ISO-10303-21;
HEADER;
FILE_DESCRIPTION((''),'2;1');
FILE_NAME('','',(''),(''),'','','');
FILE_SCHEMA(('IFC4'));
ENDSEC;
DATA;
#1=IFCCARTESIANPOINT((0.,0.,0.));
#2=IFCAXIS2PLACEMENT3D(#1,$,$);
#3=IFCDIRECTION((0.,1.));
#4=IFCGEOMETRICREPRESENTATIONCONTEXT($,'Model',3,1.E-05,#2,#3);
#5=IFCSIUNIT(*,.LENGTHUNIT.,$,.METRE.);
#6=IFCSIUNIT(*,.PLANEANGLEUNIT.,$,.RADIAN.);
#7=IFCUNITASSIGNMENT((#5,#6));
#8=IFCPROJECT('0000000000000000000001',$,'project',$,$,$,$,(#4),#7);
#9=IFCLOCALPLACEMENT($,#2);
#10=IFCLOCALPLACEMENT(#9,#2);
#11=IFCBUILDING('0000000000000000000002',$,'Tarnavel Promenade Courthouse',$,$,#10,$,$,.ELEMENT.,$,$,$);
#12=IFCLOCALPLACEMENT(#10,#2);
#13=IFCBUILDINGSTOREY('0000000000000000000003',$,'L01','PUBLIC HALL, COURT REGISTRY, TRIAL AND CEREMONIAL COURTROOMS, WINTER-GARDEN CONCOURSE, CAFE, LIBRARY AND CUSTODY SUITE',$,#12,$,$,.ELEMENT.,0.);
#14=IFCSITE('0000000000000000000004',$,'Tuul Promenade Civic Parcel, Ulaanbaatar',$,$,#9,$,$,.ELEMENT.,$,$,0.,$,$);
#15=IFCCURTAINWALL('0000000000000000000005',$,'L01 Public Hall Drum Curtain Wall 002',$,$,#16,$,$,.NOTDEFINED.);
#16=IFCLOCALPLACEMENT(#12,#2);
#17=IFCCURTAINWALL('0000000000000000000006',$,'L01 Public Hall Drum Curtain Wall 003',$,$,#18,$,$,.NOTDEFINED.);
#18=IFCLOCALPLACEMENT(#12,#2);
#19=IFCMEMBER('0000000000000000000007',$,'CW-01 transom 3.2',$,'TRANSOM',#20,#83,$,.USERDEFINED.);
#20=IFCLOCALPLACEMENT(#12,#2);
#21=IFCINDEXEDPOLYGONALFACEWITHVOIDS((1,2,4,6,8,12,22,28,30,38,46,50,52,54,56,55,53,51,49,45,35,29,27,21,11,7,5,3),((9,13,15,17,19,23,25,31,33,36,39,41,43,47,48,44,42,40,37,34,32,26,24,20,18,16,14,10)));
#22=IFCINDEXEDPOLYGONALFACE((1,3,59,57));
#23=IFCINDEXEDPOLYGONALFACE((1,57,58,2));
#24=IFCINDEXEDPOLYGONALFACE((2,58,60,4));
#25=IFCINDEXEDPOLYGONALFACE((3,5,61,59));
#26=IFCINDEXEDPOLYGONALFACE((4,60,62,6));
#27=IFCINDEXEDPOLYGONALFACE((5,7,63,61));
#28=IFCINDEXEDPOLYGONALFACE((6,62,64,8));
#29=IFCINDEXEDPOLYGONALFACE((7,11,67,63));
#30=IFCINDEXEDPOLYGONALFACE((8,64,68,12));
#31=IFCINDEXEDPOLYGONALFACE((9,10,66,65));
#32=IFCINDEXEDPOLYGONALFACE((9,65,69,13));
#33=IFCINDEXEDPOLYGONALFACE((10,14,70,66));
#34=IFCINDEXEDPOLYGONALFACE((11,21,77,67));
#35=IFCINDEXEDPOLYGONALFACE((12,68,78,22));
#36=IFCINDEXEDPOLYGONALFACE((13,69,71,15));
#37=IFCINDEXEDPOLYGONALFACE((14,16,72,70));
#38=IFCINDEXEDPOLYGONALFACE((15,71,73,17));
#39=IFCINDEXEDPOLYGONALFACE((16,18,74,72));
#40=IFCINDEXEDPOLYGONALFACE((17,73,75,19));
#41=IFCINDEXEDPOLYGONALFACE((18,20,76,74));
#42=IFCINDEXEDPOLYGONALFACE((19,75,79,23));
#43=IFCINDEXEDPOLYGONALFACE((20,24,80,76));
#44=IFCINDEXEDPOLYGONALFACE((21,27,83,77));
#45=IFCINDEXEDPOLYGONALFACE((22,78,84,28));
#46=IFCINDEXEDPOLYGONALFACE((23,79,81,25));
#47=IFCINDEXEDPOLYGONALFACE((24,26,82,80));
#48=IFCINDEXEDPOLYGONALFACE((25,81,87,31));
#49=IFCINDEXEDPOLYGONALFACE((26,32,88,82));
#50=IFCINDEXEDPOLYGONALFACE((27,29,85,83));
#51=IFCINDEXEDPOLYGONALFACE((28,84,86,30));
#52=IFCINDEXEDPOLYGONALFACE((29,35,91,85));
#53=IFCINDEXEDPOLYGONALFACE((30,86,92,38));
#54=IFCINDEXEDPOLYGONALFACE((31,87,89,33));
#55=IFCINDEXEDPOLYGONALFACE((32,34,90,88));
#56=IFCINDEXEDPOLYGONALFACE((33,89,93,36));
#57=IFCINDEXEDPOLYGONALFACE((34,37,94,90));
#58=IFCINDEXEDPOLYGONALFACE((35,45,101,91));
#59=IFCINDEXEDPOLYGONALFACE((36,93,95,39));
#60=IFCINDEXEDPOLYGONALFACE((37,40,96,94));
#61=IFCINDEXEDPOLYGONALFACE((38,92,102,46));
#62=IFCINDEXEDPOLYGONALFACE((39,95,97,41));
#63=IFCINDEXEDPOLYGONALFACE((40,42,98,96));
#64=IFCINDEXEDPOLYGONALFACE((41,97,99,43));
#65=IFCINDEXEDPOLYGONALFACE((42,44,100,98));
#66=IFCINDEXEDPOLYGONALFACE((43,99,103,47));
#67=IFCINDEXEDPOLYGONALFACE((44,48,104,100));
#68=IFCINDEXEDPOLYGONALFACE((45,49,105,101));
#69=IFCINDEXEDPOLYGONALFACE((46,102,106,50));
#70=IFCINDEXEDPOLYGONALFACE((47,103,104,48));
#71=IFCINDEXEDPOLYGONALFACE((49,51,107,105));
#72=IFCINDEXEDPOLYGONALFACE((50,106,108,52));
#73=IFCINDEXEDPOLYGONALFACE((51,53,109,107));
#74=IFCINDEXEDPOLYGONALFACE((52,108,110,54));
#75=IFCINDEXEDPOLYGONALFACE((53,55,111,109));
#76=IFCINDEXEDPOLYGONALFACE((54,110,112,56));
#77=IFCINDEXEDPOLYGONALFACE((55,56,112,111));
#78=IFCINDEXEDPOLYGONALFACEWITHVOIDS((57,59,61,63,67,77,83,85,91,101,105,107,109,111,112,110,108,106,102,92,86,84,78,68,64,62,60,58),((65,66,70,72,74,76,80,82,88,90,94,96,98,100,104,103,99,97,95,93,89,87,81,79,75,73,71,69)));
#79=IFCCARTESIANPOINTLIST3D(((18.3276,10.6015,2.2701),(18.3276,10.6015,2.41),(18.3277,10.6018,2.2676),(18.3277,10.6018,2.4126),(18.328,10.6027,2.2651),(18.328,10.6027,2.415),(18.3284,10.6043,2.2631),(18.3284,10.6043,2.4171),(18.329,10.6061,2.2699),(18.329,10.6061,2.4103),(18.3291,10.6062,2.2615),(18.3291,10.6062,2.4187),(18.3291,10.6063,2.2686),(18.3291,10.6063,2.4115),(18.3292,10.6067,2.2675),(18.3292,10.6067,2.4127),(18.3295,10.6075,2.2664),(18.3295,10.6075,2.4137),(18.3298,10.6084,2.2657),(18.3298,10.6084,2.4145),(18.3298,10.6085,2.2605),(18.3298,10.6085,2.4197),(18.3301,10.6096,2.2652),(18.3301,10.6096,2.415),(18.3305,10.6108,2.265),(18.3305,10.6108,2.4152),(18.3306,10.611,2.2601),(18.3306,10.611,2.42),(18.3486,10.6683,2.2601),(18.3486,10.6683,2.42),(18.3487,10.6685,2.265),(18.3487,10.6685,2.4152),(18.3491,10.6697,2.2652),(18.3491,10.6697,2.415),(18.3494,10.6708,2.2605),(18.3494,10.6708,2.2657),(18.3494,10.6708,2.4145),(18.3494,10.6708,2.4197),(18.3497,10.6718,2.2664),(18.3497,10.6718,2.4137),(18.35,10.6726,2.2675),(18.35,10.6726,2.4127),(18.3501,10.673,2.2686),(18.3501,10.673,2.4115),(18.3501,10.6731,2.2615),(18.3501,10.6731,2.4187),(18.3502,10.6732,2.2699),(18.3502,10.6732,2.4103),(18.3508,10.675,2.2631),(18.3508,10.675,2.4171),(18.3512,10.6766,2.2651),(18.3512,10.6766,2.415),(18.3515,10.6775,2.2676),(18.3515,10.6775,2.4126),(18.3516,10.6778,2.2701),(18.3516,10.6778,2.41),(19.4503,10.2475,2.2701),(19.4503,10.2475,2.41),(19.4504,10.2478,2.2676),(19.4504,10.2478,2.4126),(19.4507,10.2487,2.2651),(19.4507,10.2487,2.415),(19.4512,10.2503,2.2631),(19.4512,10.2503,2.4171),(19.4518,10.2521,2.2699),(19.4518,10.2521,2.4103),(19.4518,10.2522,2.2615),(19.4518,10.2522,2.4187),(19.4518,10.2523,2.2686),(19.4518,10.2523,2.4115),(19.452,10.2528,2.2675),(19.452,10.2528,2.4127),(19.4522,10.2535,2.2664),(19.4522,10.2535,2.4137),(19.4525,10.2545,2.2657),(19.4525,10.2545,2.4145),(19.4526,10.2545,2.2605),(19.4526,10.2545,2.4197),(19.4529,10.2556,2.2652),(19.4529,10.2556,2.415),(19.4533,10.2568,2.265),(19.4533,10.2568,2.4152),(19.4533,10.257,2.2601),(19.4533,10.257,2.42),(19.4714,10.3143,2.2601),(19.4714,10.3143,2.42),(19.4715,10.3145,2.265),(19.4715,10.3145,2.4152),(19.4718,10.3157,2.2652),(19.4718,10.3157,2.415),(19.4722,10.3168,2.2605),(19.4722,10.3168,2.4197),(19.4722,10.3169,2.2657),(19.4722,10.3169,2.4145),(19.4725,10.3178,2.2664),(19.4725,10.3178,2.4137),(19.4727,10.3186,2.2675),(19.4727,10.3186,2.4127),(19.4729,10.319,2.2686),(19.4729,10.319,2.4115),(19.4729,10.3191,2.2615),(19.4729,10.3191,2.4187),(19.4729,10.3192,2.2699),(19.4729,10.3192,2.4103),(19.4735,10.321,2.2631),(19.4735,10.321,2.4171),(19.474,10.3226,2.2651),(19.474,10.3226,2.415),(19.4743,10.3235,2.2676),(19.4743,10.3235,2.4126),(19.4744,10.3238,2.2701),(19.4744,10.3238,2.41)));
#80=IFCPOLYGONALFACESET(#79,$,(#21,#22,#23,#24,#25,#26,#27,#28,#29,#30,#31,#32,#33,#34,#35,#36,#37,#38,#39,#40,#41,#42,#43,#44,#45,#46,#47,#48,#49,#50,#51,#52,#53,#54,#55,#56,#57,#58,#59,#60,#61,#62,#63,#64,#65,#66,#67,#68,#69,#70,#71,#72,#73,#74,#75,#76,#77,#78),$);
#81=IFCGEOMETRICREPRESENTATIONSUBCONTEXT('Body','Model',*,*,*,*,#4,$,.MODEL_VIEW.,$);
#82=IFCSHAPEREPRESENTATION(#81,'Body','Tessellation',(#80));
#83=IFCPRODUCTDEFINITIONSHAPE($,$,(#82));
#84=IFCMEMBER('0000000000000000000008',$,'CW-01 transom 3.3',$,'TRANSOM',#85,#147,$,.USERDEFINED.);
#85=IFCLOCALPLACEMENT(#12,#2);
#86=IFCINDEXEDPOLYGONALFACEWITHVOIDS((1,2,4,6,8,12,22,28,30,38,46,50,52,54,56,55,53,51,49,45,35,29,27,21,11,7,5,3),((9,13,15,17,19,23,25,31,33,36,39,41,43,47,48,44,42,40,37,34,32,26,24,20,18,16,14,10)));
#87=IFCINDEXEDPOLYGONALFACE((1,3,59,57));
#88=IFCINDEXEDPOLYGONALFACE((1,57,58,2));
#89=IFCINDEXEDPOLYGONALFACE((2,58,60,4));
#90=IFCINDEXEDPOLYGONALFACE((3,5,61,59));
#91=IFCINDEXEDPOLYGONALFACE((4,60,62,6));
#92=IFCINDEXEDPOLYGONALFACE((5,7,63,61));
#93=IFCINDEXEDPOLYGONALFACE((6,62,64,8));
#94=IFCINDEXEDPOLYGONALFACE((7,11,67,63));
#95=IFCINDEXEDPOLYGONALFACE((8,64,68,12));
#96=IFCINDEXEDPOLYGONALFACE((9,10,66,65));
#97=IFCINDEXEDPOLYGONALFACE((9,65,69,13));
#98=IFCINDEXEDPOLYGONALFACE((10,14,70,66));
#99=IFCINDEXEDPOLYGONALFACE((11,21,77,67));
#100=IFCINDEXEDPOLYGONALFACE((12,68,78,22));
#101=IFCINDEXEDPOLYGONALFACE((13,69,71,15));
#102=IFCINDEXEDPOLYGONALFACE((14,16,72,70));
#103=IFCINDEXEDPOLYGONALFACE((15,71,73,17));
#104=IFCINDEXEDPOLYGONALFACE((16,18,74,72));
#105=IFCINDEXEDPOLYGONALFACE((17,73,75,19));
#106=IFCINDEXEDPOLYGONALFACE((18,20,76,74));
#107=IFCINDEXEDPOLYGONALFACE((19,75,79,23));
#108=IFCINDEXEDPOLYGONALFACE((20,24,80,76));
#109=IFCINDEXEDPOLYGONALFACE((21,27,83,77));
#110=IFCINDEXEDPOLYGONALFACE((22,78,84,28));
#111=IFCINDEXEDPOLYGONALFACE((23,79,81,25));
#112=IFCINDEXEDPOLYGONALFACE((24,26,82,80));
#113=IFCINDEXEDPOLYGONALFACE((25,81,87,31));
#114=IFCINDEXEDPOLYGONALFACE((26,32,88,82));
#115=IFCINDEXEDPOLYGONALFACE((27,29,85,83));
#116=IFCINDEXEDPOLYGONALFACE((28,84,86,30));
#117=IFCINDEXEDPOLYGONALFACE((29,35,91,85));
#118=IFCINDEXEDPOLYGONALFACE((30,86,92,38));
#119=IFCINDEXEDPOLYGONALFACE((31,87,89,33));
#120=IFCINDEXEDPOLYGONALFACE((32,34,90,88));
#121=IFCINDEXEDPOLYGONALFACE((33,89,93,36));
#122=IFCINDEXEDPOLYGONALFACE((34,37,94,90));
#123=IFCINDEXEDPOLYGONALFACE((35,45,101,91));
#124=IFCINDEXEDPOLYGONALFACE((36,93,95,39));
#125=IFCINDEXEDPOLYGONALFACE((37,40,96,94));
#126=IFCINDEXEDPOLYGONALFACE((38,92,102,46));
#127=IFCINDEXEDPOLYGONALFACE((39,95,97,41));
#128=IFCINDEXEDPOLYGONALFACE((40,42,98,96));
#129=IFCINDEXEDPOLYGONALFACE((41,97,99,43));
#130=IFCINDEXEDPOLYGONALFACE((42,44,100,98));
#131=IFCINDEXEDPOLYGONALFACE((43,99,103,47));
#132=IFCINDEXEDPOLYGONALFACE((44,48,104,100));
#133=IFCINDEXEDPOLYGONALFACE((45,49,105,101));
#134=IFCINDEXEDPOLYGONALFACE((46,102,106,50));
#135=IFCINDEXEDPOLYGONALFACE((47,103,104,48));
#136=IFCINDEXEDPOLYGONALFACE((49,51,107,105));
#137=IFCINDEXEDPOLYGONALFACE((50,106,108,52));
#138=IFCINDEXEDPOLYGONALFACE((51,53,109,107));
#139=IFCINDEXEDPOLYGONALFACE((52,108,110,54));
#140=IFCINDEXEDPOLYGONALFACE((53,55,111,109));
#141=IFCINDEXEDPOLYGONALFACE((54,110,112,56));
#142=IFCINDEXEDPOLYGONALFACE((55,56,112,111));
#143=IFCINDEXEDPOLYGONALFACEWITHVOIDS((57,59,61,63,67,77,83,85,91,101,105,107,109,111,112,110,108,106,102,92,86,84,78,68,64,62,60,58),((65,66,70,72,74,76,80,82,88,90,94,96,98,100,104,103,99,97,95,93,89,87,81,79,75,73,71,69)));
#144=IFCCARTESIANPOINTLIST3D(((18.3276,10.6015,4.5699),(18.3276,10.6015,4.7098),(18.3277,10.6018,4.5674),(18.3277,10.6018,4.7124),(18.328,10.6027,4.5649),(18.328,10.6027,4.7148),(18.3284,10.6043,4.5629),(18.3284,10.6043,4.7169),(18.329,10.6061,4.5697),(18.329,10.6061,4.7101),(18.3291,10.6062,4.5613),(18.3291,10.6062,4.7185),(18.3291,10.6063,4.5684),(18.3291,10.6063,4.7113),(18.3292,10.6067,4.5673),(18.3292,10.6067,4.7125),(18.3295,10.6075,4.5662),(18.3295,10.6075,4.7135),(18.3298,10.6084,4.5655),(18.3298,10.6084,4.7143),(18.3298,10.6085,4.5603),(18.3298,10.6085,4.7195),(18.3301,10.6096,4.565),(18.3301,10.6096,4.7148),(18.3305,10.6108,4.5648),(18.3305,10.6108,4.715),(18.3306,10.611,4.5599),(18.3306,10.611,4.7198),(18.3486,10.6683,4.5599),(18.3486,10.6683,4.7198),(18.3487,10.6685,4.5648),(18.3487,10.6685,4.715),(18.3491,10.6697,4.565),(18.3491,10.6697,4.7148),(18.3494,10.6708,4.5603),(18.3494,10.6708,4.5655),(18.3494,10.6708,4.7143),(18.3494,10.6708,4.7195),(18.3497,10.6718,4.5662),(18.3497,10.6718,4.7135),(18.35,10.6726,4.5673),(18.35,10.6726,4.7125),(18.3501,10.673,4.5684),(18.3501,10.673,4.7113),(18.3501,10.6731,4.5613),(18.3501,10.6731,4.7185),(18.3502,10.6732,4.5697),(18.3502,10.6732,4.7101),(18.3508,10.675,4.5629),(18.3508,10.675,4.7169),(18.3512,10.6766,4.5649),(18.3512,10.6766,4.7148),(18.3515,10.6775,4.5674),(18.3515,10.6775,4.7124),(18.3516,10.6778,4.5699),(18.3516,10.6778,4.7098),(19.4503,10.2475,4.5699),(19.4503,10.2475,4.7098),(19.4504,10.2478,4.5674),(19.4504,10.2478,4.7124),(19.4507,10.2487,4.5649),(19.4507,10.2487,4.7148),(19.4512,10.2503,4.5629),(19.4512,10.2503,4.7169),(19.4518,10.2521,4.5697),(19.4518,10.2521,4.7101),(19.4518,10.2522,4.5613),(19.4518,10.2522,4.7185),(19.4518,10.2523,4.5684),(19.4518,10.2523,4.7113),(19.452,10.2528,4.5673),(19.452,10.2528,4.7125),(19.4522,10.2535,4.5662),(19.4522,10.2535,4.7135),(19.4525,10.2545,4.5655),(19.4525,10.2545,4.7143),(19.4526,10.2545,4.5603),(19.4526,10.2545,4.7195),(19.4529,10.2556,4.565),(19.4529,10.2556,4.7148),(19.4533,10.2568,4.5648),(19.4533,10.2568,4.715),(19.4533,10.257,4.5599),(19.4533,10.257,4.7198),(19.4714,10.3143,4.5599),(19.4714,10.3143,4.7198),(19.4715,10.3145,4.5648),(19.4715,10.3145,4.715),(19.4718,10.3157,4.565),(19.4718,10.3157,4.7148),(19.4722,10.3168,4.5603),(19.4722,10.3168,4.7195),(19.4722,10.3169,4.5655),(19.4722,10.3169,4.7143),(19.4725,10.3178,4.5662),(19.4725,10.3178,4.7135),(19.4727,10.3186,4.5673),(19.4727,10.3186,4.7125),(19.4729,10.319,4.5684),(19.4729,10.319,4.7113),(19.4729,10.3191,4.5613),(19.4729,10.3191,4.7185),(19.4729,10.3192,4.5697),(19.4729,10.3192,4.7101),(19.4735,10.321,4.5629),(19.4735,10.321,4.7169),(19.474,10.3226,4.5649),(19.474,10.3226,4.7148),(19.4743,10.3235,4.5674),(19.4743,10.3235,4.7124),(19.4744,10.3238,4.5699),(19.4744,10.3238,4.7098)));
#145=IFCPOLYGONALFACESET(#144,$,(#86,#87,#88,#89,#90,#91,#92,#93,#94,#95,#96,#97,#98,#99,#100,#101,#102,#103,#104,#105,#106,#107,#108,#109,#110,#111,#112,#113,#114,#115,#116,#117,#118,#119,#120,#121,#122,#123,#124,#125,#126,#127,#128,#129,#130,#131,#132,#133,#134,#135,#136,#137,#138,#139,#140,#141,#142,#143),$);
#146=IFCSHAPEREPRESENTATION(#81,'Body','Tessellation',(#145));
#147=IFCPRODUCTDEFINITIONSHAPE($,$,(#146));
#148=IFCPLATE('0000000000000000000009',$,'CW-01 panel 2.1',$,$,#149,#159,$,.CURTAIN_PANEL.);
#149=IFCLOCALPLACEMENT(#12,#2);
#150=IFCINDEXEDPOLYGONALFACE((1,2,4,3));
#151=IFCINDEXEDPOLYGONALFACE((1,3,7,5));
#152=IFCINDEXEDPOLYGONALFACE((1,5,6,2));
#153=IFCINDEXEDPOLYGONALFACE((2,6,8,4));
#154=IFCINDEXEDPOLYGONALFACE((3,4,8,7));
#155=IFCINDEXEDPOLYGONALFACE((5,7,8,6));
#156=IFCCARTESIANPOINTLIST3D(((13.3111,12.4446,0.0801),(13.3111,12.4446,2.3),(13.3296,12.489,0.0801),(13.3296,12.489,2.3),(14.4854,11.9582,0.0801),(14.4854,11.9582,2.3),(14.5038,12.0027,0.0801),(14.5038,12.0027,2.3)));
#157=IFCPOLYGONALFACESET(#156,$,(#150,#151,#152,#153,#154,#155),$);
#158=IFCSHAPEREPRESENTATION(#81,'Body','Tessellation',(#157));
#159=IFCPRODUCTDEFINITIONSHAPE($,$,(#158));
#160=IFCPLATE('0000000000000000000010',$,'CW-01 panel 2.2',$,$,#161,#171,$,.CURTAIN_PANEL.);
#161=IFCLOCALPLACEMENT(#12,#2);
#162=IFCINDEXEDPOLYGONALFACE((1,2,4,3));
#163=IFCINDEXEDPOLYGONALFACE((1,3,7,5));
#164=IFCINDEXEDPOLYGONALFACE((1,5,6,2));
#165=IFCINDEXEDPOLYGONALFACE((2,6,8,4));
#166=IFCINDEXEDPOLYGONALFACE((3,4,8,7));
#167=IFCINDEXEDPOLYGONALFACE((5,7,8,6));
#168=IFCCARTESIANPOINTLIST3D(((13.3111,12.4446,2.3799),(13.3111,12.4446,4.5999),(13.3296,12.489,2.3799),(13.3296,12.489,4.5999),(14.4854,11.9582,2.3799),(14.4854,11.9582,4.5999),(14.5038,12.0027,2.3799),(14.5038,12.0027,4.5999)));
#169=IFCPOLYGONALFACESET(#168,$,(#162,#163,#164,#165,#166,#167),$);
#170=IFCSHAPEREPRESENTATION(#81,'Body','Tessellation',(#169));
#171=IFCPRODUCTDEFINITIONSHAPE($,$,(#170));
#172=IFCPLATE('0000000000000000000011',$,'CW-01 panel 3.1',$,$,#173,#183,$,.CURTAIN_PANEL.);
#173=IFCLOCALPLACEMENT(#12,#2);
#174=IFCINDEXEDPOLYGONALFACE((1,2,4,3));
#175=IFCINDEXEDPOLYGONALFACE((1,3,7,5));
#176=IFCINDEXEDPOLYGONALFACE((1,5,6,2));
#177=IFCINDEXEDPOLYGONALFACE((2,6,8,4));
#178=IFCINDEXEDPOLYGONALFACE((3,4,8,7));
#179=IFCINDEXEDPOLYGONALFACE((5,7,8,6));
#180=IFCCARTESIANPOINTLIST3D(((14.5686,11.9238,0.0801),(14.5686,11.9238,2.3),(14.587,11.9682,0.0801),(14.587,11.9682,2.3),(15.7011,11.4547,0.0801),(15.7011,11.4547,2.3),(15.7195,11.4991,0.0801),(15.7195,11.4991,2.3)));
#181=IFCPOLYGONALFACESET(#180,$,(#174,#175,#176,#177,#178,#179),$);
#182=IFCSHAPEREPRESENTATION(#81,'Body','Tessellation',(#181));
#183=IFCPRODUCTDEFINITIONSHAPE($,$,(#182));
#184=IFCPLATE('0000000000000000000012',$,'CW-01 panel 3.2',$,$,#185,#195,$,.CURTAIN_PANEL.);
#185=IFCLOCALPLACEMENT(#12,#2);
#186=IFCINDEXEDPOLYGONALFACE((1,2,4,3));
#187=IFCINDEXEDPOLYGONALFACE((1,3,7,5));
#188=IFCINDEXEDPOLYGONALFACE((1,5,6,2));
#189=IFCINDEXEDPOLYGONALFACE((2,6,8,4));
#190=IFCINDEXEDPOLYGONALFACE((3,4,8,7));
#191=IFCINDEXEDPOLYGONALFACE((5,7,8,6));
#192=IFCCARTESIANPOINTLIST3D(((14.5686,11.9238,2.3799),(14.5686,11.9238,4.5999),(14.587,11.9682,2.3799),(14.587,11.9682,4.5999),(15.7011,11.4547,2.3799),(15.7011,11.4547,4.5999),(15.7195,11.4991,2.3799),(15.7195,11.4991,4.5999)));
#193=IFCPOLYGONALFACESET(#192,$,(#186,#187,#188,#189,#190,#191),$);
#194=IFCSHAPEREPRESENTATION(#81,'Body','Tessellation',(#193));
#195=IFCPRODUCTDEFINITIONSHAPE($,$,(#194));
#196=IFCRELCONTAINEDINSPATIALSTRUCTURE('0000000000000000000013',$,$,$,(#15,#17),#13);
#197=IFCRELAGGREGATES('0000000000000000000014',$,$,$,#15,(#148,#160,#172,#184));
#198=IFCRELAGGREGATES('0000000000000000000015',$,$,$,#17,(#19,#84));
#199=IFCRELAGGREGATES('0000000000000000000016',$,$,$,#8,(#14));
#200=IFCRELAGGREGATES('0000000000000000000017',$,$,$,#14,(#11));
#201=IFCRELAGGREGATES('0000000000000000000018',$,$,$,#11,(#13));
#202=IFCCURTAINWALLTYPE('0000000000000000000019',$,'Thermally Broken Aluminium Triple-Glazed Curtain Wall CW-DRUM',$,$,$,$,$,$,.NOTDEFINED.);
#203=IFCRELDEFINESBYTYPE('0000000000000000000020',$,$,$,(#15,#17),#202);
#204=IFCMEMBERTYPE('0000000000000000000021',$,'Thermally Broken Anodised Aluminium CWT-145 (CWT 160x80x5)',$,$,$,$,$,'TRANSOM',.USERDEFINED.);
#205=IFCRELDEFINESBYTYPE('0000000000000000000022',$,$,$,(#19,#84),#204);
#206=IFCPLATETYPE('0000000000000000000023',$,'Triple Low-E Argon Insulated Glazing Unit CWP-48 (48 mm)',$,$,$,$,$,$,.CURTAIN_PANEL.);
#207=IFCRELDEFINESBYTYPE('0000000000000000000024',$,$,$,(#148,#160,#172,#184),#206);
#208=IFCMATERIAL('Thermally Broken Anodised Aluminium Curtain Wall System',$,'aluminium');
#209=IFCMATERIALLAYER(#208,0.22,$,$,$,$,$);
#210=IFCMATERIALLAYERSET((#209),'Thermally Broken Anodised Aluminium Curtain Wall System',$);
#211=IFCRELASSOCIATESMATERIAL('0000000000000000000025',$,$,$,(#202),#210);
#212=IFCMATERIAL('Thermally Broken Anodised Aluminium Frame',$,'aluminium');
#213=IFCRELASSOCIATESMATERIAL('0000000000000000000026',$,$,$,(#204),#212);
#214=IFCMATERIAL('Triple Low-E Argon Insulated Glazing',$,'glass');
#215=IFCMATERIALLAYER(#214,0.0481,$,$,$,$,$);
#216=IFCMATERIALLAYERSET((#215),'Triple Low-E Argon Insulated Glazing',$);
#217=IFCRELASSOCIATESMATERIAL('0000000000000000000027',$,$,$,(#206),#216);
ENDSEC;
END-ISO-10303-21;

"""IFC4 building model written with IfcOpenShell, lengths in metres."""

from ifc_helpers import new_model, si_unit, direction, frame, origin, origin_2d, place, context, subcontext, project, spatial, rectangle, hollow_rectangle, extrude, material, layer, layer_set, material_profile, profile_set, type_object, element, aggregate, save


model = new_model("IFC4")

# Units and contexts
model_context = context("Model", 3, precision=1e-05, world=origin(), true_north=direction((0.0, 1.0)))
body_context = subcontext(model_context, "Body", "Model", "MODEL_VIEW")
ifc_project = project(units=[si_unit("LENGTHUNIT", "METRE"), si_unit("PLANEANGLEUNIT", "RADIAN")], contexts=[model_context])

# Site, building, storey
site_placement = place(None, origin())
site = spatial("IfcSite", under=ifc_project, at=site_placement, Name="Tuul Promenade Civic Parcel, Ulaanbaatar", CompositionType="ELEMENT", RefElevation=0.0)
building_placement = place(site_placement, origin())
building = spatial("IfcBuilding", under=site, at=building_placement, Name="Tarnavel Promenade Courthouse", CompositionType="ELEMENT")
storey_placement = place(building_placement, origin())
storey = spatial("IfcBuildingStorey", under=building, at=storey_placement, Name="L01", Description="PUBLIC HALL, COURT REGISTRY, TRIAL AND CEREMONIAL COURTROOMS, WINTER-GARDEN CONCOURSE, CAFE, LIBRARY AND CUSTODY SUITE", CompositionType="ELEMENT", Elevation=0.0)

# Curtain walls
ifc_material_1 = material(Name="Thermally Broken Anodised Aluminium Curtain Wall System", Category="aluminium")
ifc_layer_1 = layer(ifc_material_1, 0.22)
ifc_layer_set_1 = layer_set([ifc_layer_1], Name="Thermally Broken Anodised Aluminium Curtain Wall System")
curtain_wall_type = type_object("IfcCurtainWallType", Name="Thermally Broken Aluminium Triple-Glazed Curtain Wall CW-DRUM", PredefinedType="NOTDEFINED", material=ifc_layer_set_1)
curtain_wall_1_placement = place(storey_placement, origin())
curtain_wall_1 = element("IfcCurtainWall", 1, at=curtain_wall_1_placement, inside=storey, type_object=curtain_wall_type, Name="L01 Public Hall Drum Curtain Wall 002", PredefinedType="NOTDEFINED")
ifc_material_2 = material(Name="Thermally Broken Anodised Aluminium Frame", Category="aluminium")
curtain_wall_2_placement = place(storey_placement, origin())
curtain_wall_2 = element("IfcCurtainWall", 2, at=curtain_wall_2_placement, inside=storey, type_object=curtain_wall_type, Name="L01 Public Hall Drum Curtain Wall 003", PredefinedType="NOTDEFINED")

# Members
ifc_material_profile_1 = material_profile(ifc_material_2, hollow_rectangle(XDim=0.0801, YDim=0.1599, WallThickness=0.0049, InnerFilletRadius=0.0049, OuterFilletRadius=0.01, at=origin_2d()), Name="CWT 160x80x5")
ifc_profile_set_1 = profile_set([ifc_material_profile_1], Name="Thermally Broken Anodised Aluminium Frame")
member_type_1 = type_object("IfcMemberType", Name="Thermally Broken Anodised Aluminium CWT-145 (CWT 160x80x5)", ElementType="TRANSOM", PredefinedType="USERDEFINED", material=ifc_profile_set_1)
member_1_placement = place(storey_placement, frame((18.3396, 10.6396, 2.3401), z_axis=(0.95372, -0.300695, 0.0), x_axis=(0.300695, 0.95372, 0.0)))
member_1 = element("IfcMember", 3, at=member_1_placement, type_object=member_type_1, Name="CW-01 transom 3.2", ObjectType="TRANSOM", PredefinedType="USERDEFINED", context=body_context, shape_type="SweptSolid", body=[
    extrude(hollow_rectangle(XDim=0.0801, YDim=0.1599, WallThickness=0.0049, InnerFilletRadius=0.0049, OuterFilletRadius=0.01, at=origin_2d()), origin(), (0.0, 0.0, 1.0), 1.1772),
])
member_2_placement = place(storey_placement, frame((18.3396, 10.6396, 4.6399), z_axis=(0.95372, -0.300695, 0.0), x_axis=(0.300695, 0.95372, 0.0)))
member_2 = element("IfcMember", 4, at=member_2_placement, type_object=member_type_1, Name="CW-01 transom 3.3", ObjectType="TRANSOM", PredefinedType="USERDEFINED", context=body_context, shape_type="SweptSolid", body=[
    extrude(hollow_rectangle(XDim=0.0801, YDim=0.1599, WallThickness=0.0049, InnerFilletRadius=0.0049, OuterFilletRadius=0.01, at=origin_2d()), origin(), (0.0, 0.0, 1.0), 1.1772),
])

# Plates
ifc_material_3 = material(Name="Triple Low-E Argon Insulated Glazing", Category="glass")
ifc_layer_2 = layer(ifc_material_3, 0.0481)
ifc_layer_set_2 = layer_set([ifc_layer_2], Name="Triple Low-E Argon Insulated Glazing")
plate_type = type_object("IfcPlateType", Name="Triple Low-E Argon Insulated Glazing Unit CWP-48 (48 mm)", PredefinedType="CURTAIN_PANEL", material=ifc_layer_set_2)
plate_1_placement = place(storey_placement, frame((13.9075, 12.2236, 0.0801), z_axis=(0.0, 0.0, 1.0), x_axis=(0.923879, -0.382685, 0.0)))
plate_1 = element("IfcPlate", 5, at=plate_1_placement, type_object=plate_type, Name="CW-01 panel 2.1", PredefinedType="CURTAIN_PANEL", context=body_context, shape_type="SweptSolid", body=[
    extrude(rectangle(XDim=1.271, YDim=0.0481, at=origin_2d()), origin(), (0.0, 0.0, 1.0), 2.22),
])
plate_2_placement = place(storey_placement, frame((13.9075, 12.2236, 2.3799), z_axis=(0.0, 0.0, 1.0), x_axis=(0.923879, -0.382685, 0.0)))
plate_2 = element("IfcPlate", 6, at=plate_2_placement, type_object=plate_type, Name="CW-01 panel 2.2", PredefinedType="CURTAIN_PANEL", context=body_context, shape_type="SweptSolid", body=[
    extrude(rectangle(XDim=1.271, YDim=0.0481, at=origin_2d()), origin(), (0.0, 0.0, 1.0), 2.22),
])
plate_3_placement = place(storey_placement, frame((15.144, 11.7114, 0.0801), z_axis=(0.0, 0.0, 1.0), x_axis=(0.923879, -0.382685, 0.0)))
plate_3 = element("IfcPlate", 7, at=plate_3_placement, type_object=plate_type, Name="CW-01 panel 3.1", PredefinedType="CURTAIN_PANEL", context=body_context, shape_type="SweptSolid", body=[
    extrude(rectangle(XDim=1.2258, YDim=0.0481, at=origin_2d()), origin(), (0.0, 0.0, 1.0), 2.22),
])
plate_4_placement = place(storey_placement, frame((15.144, 11.7114, 2.3799), z_axis=(0.0, 0.0, 1.0), x_axis=(0.923879, -0.382685, 0.0)))
plate_4 = element("IfcPlate", 8, at=plate_4_placement, type_object=plate_type, Name="CW-01 panel 3.2", PredefinedType="CURTAIN_PANEL", context=body_context, shape_type="SweptSolid", body=[
    extrude(rectangle(XDim=1.2258, YDim=0.0481, at=origin_2d()), origin(), (0.0, 0.0, 1.0), 2.22),
])
aggregate(curtain_wall_1, [plate_1, plate_2, plate_3, plate_4])
aggregate(curtain_wall_2, [member_1, member_2])

save(model, "model.ifc")
